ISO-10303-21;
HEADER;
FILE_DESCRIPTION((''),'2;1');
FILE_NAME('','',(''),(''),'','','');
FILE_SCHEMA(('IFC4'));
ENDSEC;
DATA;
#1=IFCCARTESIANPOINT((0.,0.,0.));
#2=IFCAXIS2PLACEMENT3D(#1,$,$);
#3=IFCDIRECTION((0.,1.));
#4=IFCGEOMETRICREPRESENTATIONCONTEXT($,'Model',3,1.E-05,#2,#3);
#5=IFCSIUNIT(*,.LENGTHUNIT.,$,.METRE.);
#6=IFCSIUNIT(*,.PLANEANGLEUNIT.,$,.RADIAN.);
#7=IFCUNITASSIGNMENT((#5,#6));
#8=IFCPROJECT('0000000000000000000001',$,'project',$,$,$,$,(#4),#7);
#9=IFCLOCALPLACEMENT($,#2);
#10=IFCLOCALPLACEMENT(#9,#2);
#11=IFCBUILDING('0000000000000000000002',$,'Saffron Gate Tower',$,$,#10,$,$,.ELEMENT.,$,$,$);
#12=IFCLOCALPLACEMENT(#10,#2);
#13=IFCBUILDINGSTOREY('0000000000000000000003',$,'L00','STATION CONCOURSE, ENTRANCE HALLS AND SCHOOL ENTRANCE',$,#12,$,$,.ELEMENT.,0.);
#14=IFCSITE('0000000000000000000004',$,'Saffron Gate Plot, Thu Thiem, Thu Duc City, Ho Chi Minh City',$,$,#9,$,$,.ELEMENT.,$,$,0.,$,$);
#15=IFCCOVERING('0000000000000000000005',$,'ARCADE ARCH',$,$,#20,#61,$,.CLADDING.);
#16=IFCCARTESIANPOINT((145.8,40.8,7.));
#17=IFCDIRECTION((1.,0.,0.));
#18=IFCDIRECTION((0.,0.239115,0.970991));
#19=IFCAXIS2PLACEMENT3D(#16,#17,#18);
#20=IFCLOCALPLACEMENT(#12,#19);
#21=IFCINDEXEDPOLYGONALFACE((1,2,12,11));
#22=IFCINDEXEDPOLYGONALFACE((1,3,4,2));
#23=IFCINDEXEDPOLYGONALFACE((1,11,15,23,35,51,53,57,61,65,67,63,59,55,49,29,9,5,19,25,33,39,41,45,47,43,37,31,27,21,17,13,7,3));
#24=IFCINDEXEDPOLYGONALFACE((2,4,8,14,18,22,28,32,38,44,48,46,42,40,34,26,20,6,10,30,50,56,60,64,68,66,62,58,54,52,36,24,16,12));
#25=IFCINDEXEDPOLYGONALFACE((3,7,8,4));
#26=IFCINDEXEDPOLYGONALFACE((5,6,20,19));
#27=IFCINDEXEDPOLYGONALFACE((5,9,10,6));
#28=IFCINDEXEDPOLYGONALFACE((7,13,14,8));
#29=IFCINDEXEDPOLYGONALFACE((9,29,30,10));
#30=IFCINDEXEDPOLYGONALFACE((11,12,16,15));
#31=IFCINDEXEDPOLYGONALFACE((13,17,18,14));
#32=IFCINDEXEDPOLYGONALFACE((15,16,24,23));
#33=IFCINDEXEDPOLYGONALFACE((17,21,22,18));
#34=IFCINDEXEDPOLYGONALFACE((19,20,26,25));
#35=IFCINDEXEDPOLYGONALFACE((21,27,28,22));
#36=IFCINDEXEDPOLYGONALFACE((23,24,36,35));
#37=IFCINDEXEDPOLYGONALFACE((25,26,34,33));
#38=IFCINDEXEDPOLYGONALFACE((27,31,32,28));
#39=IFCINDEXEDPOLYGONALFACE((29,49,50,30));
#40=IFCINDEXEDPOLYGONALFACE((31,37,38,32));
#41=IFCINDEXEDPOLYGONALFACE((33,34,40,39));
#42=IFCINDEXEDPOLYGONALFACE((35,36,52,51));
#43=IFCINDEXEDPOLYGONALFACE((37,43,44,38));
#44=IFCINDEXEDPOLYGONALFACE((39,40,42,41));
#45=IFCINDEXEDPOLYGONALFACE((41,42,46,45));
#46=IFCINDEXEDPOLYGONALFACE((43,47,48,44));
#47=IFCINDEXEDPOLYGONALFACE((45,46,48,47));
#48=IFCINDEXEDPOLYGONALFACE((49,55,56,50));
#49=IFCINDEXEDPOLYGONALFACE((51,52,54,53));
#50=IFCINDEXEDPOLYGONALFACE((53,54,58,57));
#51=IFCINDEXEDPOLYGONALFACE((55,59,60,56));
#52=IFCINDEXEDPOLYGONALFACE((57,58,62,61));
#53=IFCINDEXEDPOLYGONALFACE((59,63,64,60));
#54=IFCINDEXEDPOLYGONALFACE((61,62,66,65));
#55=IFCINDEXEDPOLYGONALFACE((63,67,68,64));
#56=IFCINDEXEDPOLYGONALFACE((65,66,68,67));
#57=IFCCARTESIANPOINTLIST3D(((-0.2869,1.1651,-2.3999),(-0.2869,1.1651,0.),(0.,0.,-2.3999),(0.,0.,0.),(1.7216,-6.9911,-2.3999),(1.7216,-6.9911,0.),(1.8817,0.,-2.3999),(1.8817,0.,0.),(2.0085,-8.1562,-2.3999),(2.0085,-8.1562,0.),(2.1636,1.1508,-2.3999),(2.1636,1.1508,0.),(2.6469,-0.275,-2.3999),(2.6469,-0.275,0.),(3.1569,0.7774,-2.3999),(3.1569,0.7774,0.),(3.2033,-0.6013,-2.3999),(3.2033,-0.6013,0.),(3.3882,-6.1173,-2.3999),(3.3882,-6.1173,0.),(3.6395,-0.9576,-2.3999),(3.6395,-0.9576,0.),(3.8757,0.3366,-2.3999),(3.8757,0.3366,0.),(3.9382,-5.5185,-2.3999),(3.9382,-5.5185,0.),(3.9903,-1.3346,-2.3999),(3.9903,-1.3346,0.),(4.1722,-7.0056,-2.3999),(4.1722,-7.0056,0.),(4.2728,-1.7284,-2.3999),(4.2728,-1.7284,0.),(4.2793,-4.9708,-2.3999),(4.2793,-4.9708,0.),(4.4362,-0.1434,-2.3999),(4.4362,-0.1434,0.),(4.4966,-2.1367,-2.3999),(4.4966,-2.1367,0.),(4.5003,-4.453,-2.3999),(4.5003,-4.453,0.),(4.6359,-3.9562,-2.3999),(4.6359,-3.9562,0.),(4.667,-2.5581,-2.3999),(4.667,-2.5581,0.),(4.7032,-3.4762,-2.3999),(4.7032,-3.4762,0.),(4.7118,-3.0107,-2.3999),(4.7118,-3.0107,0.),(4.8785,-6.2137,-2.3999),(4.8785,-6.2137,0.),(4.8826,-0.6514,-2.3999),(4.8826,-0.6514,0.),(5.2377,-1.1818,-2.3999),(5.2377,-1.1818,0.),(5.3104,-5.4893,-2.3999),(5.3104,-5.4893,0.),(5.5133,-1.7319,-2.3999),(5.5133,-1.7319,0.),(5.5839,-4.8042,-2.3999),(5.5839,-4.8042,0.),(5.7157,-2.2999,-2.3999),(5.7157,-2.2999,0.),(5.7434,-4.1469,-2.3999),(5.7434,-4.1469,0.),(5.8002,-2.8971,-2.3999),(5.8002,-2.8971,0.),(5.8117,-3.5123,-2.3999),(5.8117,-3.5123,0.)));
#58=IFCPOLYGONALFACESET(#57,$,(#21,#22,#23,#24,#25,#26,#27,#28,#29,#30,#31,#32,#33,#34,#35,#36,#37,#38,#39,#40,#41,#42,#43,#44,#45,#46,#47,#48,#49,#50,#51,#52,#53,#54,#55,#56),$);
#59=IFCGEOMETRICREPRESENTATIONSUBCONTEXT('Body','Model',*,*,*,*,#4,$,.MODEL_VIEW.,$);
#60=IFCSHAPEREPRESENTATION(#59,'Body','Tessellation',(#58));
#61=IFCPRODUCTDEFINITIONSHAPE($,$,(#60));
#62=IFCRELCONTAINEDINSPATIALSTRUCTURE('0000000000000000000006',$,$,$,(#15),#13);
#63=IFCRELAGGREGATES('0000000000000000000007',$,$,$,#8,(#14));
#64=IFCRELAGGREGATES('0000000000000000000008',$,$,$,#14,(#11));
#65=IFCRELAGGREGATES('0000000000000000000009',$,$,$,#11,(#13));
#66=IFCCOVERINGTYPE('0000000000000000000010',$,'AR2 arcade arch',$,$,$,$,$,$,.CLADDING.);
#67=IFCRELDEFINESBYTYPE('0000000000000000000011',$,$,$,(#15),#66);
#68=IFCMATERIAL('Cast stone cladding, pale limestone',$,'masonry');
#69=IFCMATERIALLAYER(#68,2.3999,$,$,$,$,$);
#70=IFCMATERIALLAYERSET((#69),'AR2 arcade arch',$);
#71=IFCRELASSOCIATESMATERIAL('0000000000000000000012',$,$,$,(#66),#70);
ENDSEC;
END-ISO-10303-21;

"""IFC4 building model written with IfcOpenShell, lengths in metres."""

from ifc_helpers import new_model, si_unit, direction, frame, origin, place, context, subcontext, project, spatial, polyline, outline, extrude, material, layer, layer_set, type_object, element, save


model = new_model("IFC4")

# Units and contexts
model_context = context("Model", 3, precision=1e-05, world=origin(), true_north=direction((0.0, 1.0)))
body_context = subcontext(model_context, "Body", "Model", "MODEL_VIEW")
ifc_project = project(units=[si_unit("LENGTHUNIT", "METRE"), si_unit("PLANEANGLEUNIT", "RADIAN")], contexts=[model_context])

# Site, building, storey
site_placement = place(None, origin())
site = spatial("IfcSite", under=ifc_project, at=site_placement, Name="Saffron Gate Plot, Thu Thiem, Thu Duc City, Ho Chi Minh City", CompositionType="ELEMENT", RefElevation=0.0)
building_placement = place(site_placement, origin())
building = spatial("IfcBuilding", under=site, at=building_placement, Name="Saffron Gate Tower", CompositionType="ELEMENT")
storey_placement = place(building_placement, origin())
storey = spatial("IfcBuildingStorey", under=building, at=storey_placement, Name="L00", Description="STATION CONCOURSE, ENTRANCE HALLS AND SCHOOL ENTRANCE", CompositionType="ELEMENT", Elevation=0.0)

# Covering
ifc_material_1 = material(Name="Cast stone cladding, pale limestone", Category="masonry")
ifc_layer_1 = layer(ifc_material_1, 2.3999)
ifc_layer_set_1 = layer_set([ifc_layer_1], Name="AR2 arcade arch")
covering_type = type_object("IfcCoveringType", Name="AR2 arcade arch", PredefinedType="CLADDING", material=ifc_layer_set_1)
covering_placement = place(storey_placement, frame((145.8, 40.8, 7.0), z_axis=(1.0, 0.0, 0.0), x_axis=(0.0, 0.239115, 0.970991)))
element("IfcCovering", 1, at=covering_placement, inside=storey, type_object=covering_type, Name="ARCADE ARCH", PredefinedType="CLADDING", context=body_context, shape_type="SweptSolid", body=[
    extrude(outline(polyline([(0.0, 0.0), (1.8817, 0.0), (2.6469, -0.275), (3.2033, -0.6013), (3.6395, -0.9576), (3.9903, -1.3346), (4.2728, -1.7284), (4.4966, -2.1367), (4.667, -2.5581), (4.7118, -3.0107), (4.7032, -3.4762), (4.6359, -3.9562), (4.5003, -4.453), (4.2793, -4.9708), (3.9382, -5.5185), (3.3882, -6.1173), (1.7216, -6.9911), (2.0085, -8.1562), (4.1722, -7.0056), (4.8785, -6.2137), (5.3104, -5.4893), (5.5839, -4.8042), (5.7434, -4.1469), (5.8117, -3.5123), (5.8002, -2.8971), (5.7157, -2.2999), (5.5133, -1.7319), (5.2377, -1.1818), (4.8826, -0.6514), (4.4362, -0.1434), (3.8757, 0.3366), (3.1569, 0.7774), (2.1636, 1.1508), (-0.2869, 1.1651), (0.0, 0.0)])), origin(), (0.0, 0.0, -1.0), 2.3999),
])

save(model, "model.ifc")
